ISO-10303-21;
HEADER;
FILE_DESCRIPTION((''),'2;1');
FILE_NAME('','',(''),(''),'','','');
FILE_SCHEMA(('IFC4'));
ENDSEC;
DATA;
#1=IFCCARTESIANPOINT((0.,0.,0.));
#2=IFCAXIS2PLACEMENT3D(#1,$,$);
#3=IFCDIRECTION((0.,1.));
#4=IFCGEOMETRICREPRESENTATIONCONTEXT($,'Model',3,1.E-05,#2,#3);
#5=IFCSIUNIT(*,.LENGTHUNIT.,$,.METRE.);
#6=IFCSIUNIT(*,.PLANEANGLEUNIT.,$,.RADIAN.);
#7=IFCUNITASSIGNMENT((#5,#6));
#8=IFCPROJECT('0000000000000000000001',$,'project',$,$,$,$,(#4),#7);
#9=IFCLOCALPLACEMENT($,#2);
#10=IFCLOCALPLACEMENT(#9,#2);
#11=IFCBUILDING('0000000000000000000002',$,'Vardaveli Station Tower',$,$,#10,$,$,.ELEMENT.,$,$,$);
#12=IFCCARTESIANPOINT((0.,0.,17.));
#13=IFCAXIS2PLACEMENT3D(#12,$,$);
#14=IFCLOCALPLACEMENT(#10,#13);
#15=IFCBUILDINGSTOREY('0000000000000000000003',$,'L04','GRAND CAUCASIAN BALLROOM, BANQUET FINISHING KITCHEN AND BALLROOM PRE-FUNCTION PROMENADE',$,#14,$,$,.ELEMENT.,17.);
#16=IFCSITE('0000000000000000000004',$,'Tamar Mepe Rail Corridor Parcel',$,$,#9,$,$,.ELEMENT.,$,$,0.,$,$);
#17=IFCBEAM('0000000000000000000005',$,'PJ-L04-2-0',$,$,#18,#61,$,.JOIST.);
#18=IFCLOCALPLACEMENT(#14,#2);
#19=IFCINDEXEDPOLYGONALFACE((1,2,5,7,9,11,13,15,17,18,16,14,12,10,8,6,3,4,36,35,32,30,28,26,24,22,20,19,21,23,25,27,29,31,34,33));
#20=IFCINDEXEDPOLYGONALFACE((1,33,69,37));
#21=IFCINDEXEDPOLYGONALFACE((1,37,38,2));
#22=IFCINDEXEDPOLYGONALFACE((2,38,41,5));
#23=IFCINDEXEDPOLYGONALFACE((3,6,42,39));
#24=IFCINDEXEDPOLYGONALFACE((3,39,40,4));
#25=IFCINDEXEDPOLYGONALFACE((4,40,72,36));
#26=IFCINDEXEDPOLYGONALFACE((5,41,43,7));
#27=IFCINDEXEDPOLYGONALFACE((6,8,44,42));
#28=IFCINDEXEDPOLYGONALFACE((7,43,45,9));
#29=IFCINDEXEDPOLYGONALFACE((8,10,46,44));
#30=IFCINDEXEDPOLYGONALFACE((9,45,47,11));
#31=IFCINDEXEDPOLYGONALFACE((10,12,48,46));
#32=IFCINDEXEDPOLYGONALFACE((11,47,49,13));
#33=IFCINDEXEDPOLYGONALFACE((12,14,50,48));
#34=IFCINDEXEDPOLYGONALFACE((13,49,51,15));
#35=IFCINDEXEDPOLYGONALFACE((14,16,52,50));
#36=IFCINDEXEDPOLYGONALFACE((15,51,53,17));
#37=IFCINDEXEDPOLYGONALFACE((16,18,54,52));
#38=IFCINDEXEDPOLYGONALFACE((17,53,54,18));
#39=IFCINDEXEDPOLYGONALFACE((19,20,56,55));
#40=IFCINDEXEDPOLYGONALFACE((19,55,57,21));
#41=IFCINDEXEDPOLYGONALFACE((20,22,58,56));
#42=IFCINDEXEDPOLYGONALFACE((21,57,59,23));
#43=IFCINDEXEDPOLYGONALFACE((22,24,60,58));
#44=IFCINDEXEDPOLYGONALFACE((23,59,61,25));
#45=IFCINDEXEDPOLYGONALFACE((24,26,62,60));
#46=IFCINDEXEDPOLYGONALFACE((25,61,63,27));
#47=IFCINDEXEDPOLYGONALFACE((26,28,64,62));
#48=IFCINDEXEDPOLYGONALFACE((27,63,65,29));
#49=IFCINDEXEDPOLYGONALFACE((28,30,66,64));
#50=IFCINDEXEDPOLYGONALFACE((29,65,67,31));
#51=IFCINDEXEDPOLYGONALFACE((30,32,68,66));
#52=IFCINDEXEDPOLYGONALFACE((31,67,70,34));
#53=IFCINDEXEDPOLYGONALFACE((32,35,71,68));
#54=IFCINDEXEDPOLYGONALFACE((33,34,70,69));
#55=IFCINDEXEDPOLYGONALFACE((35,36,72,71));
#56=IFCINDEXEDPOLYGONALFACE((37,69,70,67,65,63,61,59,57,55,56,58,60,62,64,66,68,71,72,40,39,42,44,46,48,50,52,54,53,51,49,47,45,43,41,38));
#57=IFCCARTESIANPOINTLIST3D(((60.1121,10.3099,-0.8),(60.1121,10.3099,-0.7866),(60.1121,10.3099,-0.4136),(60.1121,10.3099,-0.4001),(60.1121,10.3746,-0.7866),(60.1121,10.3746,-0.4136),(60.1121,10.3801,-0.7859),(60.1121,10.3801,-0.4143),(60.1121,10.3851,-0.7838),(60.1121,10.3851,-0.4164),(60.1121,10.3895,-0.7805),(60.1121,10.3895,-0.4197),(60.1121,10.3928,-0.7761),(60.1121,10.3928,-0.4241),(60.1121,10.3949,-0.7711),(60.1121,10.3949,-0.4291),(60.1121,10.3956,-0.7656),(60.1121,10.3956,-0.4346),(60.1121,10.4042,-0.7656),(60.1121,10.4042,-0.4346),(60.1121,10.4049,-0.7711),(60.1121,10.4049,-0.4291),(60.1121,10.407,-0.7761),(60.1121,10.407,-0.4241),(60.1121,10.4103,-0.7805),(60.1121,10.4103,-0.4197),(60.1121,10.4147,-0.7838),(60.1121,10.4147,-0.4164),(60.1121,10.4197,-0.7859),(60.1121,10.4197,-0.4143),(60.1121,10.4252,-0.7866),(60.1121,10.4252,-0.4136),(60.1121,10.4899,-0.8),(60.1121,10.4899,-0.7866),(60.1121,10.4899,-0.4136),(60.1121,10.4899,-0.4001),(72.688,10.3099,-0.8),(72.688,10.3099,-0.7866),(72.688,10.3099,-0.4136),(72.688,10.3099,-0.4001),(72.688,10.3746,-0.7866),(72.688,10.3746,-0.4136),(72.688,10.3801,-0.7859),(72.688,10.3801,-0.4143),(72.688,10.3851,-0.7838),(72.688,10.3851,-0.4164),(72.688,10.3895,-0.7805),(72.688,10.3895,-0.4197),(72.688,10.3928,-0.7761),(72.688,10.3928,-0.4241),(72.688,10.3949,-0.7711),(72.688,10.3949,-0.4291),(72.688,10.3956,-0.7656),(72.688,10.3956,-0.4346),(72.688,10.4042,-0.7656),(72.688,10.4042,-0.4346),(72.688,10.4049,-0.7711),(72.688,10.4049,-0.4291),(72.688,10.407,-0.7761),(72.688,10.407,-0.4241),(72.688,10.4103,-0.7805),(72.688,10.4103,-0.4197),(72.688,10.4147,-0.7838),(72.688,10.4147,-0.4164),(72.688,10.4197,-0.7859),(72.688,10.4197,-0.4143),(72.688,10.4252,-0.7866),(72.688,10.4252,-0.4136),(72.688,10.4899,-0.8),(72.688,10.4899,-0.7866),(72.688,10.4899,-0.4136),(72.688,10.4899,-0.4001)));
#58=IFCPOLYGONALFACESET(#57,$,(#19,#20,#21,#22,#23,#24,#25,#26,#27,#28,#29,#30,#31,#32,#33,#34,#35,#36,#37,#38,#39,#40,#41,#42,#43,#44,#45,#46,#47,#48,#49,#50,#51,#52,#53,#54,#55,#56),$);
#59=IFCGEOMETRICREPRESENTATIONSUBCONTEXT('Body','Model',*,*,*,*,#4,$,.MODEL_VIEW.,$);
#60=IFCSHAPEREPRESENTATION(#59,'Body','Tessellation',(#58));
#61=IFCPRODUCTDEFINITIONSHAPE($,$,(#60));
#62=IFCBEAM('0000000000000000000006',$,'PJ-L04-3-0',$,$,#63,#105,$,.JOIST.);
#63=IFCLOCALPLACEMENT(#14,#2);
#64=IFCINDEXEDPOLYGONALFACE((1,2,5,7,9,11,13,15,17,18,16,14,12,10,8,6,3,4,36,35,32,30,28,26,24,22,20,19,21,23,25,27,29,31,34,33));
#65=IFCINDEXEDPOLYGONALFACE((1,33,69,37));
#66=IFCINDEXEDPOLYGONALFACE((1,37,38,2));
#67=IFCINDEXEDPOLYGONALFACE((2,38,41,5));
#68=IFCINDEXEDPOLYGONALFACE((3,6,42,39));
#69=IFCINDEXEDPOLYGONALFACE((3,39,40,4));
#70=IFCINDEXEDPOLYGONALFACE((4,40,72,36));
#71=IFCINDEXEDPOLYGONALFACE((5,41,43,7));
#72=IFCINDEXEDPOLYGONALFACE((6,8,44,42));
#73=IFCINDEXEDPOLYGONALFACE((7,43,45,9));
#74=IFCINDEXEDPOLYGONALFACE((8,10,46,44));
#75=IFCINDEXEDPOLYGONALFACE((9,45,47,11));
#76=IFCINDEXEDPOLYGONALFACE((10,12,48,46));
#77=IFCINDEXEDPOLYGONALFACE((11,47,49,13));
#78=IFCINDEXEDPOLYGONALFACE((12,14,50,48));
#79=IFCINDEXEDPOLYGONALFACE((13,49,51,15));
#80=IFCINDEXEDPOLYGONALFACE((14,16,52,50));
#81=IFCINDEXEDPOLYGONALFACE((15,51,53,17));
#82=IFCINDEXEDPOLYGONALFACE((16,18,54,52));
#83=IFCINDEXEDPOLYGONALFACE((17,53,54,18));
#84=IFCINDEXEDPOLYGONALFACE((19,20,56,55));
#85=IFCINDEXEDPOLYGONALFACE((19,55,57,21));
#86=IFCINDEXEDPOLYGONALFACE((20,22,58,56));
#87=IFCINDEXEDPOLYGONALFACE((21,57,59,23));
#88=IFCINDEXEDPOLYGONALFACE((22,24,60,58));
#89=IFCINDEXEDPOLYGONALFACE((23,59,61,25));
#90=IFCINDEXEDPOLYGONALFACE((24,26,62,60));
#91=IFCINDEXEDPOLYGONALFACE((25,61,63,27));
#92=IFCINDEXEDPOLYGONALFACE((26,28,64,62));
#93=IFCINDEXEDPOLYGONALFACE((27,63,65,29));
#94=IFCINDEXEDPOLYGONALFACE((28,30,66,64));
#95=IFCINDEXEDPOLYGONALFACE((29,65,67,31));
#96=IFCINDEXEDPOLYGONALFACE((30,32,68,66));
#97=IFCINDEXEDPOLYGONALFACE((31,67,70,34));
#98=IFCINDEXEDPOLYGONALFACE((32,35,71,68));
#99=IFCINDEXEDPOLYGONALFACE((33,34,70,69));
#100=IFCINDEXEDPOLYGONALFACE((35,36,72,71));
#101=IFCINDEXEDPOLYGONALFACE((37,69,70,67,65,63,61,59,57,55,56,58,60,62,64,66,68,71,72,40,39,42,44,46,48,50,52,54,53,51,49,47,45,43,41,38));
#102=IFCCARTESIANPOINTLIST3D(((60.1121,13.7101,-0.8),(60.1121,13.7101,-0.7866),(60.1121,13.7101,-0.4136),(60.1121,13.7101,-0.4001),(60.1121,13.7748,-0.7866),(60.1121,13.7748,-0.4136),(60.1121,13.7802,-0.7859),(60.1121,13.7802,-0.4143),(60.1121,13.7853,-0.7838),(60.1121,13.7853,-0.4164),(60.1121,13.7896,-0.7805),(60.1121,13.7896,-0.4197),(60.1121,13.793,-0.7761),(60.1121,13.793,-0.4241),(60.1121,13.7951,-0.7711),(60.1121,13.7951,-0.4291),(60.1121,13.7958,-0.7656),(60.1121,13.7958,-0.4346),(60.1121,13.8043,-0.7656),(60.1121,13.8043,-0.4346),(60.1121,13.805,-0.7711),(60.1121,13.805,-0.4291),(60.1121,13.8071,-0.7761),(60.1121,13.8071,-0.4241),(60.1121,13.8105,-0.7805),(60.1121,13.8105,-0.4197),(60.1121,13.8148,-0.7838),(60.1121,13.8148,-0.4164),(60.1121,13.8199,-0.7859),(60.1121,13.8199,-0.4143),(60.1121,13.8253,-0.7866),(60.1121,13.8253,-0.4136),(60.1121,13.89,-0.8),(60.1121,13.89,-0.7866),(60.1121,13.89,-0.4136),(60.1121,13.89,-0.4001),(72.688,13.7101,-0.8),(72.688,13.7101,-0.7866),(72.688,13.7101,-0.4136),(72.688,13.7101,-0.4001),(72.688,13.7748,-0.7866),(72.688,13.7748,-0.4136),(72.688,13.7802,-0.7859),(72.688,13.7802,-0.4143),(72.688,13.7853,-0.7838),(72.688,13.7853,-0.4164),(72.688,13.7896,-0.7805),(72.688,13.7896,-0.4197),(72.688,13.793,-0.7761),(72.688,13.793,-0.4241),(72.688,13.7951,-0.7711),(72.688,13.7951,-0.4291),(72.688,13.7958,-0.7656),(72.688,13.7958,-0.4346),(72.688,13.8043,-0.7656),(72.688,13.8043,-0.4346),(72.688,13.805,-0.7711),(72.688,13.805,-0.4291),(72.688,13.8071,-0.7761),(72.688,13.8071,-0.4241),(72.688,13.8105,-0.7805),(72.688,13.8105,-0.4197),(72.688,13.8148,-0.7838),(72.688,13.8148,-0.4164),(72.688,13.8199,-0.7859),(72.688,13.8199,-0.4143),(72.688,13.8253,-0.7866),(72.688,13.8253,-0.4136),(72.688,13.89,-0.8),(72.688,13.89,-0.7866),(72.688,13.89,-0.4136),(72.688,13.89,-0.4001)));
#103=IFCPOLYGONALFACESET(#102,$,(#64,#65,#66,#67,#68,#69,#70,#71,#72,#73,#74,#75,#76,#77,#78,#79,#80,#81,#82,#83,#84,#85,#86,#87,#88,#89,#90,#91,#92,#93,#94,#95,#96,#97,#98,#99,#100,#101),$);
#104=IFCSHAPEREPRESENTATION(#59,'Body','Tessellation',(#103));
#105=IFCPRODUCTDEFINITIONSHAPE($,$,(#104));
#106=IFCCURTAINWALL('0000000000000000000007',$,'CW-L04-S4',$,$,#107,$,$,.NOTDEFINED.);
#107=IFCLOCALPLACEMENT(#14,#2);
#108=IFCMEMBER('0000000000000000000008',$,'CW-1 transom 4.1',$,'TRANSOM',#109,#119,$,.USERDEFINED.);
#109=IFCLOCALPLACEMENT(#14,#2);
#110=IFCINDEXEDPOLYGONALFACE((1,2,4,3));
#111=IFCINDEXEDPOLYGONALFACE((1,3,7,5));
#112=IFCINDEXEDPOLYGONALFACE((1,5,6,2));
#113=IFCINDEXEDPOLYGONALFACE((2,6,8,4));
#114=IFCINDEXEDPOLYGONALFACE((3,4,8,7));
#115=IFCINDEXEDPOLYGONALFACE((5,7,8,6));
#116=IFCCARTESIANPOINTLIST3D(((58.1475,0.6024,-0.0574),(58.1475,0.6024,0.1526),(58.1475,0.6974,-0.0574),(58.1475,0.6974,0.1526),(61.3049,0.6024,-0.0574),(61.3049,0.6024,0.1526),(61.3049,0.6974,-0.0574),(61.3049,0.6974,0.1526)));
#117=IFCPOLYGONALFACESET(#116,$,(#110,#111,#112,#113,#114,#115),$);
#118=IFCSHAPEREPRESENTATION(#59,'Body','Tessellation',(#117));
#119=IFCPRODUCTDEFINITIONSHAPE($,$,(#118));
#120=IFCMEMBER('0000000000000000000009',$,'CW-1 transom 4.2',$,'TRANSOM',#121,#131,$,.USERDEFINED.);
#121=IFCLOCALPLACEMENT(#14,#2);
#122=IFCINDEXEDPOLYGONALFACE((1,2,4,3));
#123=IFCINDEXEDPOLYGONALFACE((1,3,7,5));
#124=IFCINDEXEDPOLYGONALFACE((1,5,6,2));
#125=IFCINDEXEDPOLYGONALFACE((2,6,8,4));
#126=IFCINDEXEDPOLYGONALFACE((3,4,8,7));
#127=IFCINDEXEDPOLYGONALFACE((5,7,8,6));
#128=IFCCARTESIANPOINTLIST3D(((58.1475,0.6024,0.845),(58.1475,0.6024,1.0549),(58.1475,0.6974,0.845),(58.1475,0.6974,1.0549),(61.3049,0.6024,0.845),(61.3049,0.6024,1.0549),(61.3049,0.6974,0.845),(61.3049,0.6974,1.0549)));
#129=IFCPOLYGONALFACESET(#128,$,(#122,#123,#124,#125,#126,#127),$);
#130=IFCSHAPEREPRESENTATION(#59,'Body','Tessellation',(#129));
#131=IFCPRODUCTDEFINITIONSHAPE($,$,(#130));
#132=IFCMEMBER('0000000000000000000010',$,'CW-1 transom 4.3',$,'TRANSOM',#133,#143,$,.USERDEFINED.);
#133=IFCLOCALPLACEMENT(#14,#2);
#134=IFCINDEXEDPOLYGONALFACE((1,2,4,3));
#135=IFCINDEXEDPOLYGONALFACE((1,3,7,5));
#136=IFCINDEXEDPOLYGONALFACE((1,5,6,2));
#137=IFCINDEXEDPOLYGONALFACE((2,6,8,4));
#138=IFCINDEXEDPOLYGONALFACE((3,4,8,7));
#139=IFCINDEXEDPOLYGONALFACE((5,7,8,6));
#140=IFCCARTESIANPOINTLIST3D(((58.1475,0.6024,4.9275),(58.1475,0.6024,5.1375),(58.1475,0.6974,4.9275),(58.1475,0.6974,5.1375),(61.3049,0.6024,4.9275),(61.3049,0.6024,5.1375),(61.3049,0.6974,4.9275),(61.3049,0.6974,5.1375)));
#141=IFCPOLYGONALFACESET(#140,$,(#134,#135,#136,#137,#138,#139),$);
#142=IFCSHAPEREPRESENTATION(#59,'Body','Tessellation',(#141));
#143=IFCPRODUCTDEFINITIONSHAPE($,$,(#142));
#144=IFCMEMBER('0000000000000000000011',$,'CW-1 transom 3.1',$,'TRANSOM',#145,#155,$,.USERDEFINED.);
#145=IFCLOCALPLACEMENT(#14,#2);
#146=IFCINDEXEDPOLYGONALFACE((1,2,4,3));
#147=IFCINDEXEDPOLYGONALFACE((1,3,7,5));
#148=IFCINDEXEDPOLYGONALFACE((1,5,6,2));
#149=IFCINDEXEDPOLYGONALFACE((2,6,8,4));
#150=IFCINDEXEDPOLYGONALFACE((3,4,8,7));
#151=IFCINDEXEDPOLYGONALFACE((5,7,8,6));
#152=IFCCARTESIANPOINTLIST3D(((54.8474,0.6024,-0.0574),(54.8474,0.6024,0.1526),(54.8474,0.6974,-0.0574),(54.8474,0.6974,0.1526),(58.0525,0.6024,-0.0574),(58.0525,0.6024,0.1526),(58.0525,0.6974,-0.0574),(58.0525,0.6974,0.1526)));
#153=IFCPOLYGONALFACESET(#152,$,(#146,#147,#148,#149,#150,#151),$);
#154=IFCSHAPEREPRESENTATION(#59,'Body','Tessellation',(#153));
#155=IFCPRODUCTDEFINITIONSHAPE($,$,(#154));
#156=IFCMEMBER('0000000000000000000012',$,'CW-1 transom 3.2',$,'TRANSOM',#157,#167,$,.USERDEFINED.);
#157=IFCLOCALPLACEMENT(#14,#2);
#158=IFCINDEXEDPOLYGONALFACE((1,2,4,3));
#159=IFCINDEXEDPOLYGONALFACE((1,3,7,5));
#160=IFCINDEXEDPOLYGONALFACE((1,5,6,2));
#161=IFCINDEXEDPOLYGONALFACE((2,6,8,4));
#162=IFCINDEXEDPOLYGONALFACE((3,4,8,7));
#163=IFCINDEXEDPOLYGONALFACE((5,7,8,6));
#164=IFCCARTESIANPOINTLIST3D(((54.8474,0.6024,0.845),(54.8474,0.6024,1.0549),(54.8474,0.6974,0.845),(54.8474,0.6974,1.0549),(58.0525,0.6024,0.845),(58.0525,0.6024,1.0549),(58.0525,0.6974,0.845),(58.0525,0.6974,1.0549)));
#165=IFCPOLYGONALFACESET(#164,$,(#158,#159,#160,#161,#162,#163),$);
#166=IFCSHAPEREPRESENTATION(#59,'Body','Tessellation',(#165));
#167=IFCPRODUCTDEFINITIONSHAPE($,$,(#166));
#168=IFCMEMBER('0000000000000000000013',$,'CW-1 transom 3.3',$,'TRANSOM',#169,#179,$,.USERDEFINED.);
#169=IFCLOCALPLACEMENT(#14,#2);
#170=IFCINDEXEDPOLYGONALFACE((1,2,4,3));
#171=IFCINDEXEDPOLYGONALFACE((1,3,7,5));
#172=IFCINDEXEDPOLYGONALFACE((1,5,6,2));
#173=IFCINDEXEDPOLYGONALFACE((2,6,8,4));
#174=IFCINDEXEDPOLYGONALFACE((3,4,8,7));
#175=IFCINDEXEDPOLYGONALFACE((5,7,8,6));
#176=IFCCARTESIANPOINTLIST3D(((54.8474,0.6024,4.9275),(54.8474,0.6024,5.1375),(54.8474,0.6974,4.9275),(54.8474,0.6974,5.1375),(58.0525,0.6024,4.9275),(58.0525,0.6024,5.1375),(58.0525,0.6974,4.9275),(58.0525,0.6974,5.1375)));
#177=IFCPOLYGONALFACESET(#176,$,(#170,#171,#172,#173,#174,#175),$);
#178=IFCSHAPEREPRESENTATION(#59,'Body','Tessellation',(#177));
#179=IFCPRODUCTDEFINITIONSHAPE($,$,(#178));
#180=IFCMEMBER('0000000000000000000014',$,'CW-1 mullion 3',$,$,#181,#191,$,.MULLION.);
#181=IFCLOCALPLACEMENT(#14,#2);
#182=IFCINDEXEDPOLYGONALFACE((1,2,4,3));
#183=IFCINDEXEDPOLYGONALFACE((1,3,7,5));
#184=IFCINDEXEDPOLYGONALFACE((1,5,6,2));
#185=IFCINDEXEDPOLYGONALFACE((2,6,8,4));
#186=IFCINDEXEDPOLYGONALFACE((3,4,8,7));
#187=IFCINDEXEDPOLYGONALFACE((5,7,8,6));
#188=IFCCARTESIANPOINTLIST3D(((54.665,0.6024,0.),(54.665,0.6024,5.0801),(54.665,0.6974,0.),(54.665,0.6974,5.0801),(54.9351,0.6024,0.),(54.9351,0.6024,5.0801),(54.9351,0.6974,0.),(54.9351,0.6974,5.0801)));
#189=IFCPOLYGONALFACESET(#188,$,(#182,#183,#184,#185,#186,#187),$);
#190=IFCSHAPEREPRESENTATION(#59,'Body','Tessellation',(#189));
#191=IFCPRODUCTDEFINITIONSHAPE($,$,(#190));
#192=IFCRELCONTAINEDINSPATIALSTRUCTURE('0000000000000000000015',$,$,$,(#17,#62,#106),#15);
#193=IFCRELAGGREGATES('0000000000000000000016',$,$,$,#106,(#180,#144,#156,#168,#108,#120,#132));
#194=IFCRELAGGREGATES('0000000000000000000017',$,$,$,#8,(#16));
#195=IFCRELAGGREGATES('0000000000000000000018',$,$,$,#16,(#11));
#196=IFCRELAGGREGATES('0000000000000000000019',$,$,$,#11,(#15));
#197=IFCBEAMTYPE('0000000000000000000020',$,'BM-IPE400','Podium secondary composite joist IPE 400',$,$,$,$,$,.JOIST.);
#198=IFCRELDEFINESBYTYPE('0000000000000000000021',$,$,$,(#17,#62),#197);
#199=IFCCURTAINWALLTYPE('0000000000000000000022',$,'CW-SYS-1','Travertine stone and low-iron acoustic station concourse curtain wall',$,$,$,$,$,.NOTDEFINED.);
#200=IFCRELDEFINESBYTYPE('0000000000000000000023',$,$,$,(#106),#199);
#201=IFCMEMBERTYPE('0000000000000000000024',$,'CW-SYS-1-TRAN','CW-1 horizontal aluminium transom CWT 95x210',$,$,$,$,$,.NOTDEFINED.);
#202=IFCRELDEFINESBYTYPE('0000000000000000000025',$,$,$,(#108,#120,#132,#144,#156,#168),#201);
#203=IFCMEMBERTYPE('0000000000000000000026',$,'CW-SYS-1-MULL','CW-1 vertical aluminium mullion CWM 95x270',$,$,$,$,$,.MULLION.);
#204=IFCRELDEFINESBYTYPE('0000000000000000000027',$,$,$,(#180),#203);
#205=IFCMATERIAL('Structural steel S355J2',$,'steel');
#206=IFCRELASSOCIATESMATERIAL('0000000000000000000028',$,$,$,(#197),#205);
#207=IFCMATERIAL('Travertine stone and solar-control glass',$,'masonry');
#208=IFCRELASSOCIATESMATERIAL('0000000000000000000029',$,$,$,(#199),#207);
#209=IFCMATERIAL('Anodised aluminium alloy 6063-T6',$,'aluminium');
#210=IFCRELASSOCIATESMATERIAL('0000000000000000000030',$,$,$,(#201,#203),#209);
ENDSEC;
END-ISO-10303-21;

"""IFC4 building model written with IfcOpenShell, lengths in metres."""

from ifc_helpers import new_model, si_unit, direction, frame, origin, origin_2d, place, context, subcontext, project, spatial, rectangle, i_section, extrude, source, transform, mapped, material, material_profile, profile_set, type_object, element, aggregate, save


model = new_model("IFC4")

# Units and contexts
model_context = context("Model", 3, precision=1e-05, world=origin(), true_north=direction((0.0, 1.0)))
body_context = subcontext(model_context, "Body", "Model", "MODEL_VIEW")
ifc_project = project(units=[si_unit("LENGTHUNIT", "METRE"), si_unit("PLANEANGLEUNIT", "RADIAN")], contexts=[model_context])

# Site, building, storey
site_placement = place(None, origin())
site = spatial("IfcSite", under=ifc_project, at=site_placement, Name="Tamar Mepe Rail Corridor Parcel", CompositionType="ELEMENT", RefElevation=0.0)
building_placement = place(site_placement, origin())
building = spatial("IfcBuilding", under=site, at=building_placement, Name="Vardaveli Station Tower", CompositionType="ELEMENT")
storey_placement = place(building_placement, frame((0.0, 0.0, 17.0)))
storey = spatial("IfcBuildingStorey", under=building, at=storey_placement, Name="L04", Description="GRAND CAUCASIAN BALLROOM, BANQUET FINISHING KITCHEN AND BALLROOM PRE-FUNCTION PROMENADE", CompositionType="ELEMENT", Elevation=17.0)

# Beams
ifc_material_1 = material(Name="Structural steel S355J2", Category="steel")
ifc_material_profile_1 = material_profile(ifc_material_1, i_section(OverallWidth=0.1799, OverallDepth=0.3999, WebThickness=0.0085, FlangeThickness=0.0134, FilletRadius=0.021, at=origin_2d()), Name="IPE 400")
ifc_profile_set_1 = profile_set([ifc_material_profile_1], Name="Structural steel S355J2")
beam_type_1 = type_object("IfcBeamType", Name="BM-IPE400", Description="Podium secondary composite joist IPE 400", PredefinedType="JOIST", material=ifc_profile_set_1)
shared_shape_1 = source(origin(), body_context, "Body", "SweptSolid", [
    extrude(i_section(OverallWidth=0.1799, OverallDepth=0.3999, WebThickness=0.0085, FlangeThickness=0.0134, FilletRadius=0.021, at=origin_2d()), origin(), (0.0, 0.0, 1.0), 12.5759),
])
for number, where, z_axis, x_axis, name in (
    (1, (60.1121, 10.3999, -0.6001), (1.0, 0.0, 0.0), (0.0, 1.0, 0.0), "PJ-L04-2-0"),
    (2, (60.1121, 13.8, -0.6001), (1.0, 0.0, 0.0), (0.0, 1.0, 0.0), "PJ-L04-3-0"),
):
    element("IfcBeam", number, at=place(storey_placement, frame(where, z_axis=z_axis, x_axis=x_axis)), inside=storey, type_object=beam_type_1, Name=name, PredefinedType="JOIST", context=body_context, shape_type="MappedRepresentation", body=[
        mapped(shared_shape_1, transform((0.0, 0.0, 0.0), scale=1.0)),
    ])

# Curtain wall, members
ifc_material_2 = material(Name="Travertine stone and solar-control glass", Category="masonry")
curtain_wall_type = type_object("IfcCurtainWallType", Name="CW-SYS-1", Description="Travertine stone and low-iron acoustic station concourse curtain wall", PredefinedType="NOTDEFINED", material=ifc_material_2)
curtain_wall_placement = place(storey_placement, origin())
curtain_wall = element("IfcCurtainWall", 3, at=curtain_wall_placement, inside=storey, type_object=curtain_wall_type, Name="CW-L04-S4", PredefinedType="NOTDEFINED")
ifc_material_3 = material(Name="Anodised aluminium alloy 6063-T6", Category="aluminium")
ifc_material_profile_2 = material_profile(ifc_material_3, rectangle(XDim=0.095, YDim=0.21, at=origin_2d()), Name="CWT 95x210")
ifc_profile_set_2 = profile_set([ifc_material_profile_2], Name="Anodised aluminium alloy 6063-T6")
member_type_1 = type_object("IfcMemberType", Name="CW-SYS-1-TRAN", Description="CW-1 horizontal aluminium transom CWT 95x210", PredefinedType="NOTDEFINED", material=ifc_profile_set_2)
shared_shape_2 = source(origin(), body_context, "Body", "SweptSolid", [
    extrude(rectangle(XDim=0.095, YDim=0.21, at=origin_2d()), origin(), (0.0, 0.0, 1.0), 3.1575),
])
member_1_placement = place(storey_placement, frame((58.1475, 0.6499, 0.0476), z_axis=(1.0, 0.0, 0.0), x_axis=(0.0, 1.0, 0.0)))
member_1 = element("IfcMember", 4, at=member_1_placement, type_object=member_type_1, Name="CW-1 transom 4.1", ObjectType="TRANSOM", PredefinedType="USERDEFINED", context=body_context, shape_type="MappedRepresentation", body=[
    mapped(shared_shape_2, transform((0.0, 0.0, 0.0), scale=1.0)),
])
member_2_placement = place(storey_placement, frame((58.1475, 0.6499, 0.95), z_axis=(1.0, 0.0, 0.0), x_axis=(0.0, 1.0, 0.0)))
member_2 = element("IfcMember", 5, at=member_2_placement, type_object=member_type_1, Name="CW-1 transom 4.2", ObjectType="TRANSOM", PredefinedType="USERDEFINED", context=body_context, shape_type="MappedRepresentation", body=[
    mapped(shared_shape_2, transform((0.0, 0.0, 0.0), scale=1.0)),
])
member_3_placement = place(storey_placement, frame((58.1475, 0.6499, 5.0325), z_axis=(1.0, 0.0, 0.0), x_axis=(0.0, 1.0, 0.0)))
member_3 = element("IfcMember", 6, at=member_3_placement, type_object=member_type_1, Name="CW-1 transom 4.3", ObjectType="TRANSOM", PredefinedType="USERDEFINED", context=body_context, shape_type="MappedRepresentation", body=[
    mapped(shared_shape_2, transform((0.0, 0.0, 0.0), scale=1.0)),
])
shared_shape_3 = source(origin(), body_context, "Body", "SweptSolid", [
    extrude(rectangle(XDim=0.095, YDim=0.21, at=origin_2d()), origin(), (0.0, 0.0, 1.0), 3.2051),
])
member_4_placement = place(storey_placement, frame((54.8474, 0.6499, 0.0476), z_axis=(1.0, 0.0, 0.0), x_axis=(0.0, 1.0, 0.0)))
member_4 = element("IfcMember", 7, at=member_4_placement, type_object=member_type_1, Name="CW-1 transom 3.1", ObjectType="TRANSOM", PredefinedType="USERDEFINED", context=body_context, shape_type="MappedRepresentation", body=[
    mapped(shared_shape_3, transform((0.0, 0.0, 0.0), scale=1.0)),
])
member_5_placement = place(storey_placement, frame((54.8474, 0.6499, 0.95), z_axis=(1.0, 0.0, 0.0), x_axis=(0.0, 1.0, 0.0)))
member_5 = element("IfcMember", 8, at=member_5_placement, type_object=member_type_1, Name="CW-1 transom 3.2", ObjectType="TRANSOM", PredefinedType="USERDEFINED", context=body_context, shape_type="MappedRepresentation", body=[
    mapped(shared_shape_3, transform((0.0, 0.0, 0.0), scale=1.0)),
])
member_6_placement = place(storey_placement, frame((54.8474, 0.6499, 5.0325), z_axis=(1.0, 0.0, 0.0), x_axis=(0.0, 1.0, 0.0)))
member_6 = element("IfcMember", 9, at=member_6_placement, type_object=member_type_1, Name="CW-1 transom 3.3", ObjectType="TRANSOM", PredefinedType="USERDEFINED", context=body_context, shape_type="MappedRepresentation", body=[
    mapped(shared_shape_3, transform((0.0, 0.0, 0.0), scale=1.0)),
])
ifc_material_profile_3 = material_profile(ifc_material_3, rectangle(XDim=0.095, YDim=0.27, at=origin_2d()), Name="CWM 95x270")
ifc_profile_set_3 = profile_set([ifc_material_profile_3], Name="Anodised aluminium alloy 6063-T6")
member_type_2 = type_object("IfcMemberType", Name="CW-SYS-1-MULL", Description="CW-1 vertical aluminium mullion CWM 95x270", PredefinedType="MULLION", material=ifc_profile_set_3)
shared_shape_4 = source(origin(), body_context, "Body", "SweptSolid", [
    extrude(rectangle(XDim=0.095, YDim=0.27, at=origin_2d()), origin(), (0.0, 0.0, 1.0), 5.0801),
])
member_7_placement = place(storey_placement, frame((54.8, 0.6499, 0.0), z_axis=(0.0, 0.0, 1.0), x_axis=(0.0, 1.0, 0.0)))
member_7 = element("IfcMember", 10, at=member_7_placement, type_object=member_type_2, Name="CW-1 mullion 3", PredefinedType="MULLION", context=body_context, shape_type="MappedRepresentation", body=[
    mapped(shared_shape_4, transform((0.0, 0.0, 0.0), scale=1.0)),
])
aggregate(curtain_wall, [member_7, member_4, member_5, member_6, member_1, member_2, member_3])

save(model, "model.ifc")
